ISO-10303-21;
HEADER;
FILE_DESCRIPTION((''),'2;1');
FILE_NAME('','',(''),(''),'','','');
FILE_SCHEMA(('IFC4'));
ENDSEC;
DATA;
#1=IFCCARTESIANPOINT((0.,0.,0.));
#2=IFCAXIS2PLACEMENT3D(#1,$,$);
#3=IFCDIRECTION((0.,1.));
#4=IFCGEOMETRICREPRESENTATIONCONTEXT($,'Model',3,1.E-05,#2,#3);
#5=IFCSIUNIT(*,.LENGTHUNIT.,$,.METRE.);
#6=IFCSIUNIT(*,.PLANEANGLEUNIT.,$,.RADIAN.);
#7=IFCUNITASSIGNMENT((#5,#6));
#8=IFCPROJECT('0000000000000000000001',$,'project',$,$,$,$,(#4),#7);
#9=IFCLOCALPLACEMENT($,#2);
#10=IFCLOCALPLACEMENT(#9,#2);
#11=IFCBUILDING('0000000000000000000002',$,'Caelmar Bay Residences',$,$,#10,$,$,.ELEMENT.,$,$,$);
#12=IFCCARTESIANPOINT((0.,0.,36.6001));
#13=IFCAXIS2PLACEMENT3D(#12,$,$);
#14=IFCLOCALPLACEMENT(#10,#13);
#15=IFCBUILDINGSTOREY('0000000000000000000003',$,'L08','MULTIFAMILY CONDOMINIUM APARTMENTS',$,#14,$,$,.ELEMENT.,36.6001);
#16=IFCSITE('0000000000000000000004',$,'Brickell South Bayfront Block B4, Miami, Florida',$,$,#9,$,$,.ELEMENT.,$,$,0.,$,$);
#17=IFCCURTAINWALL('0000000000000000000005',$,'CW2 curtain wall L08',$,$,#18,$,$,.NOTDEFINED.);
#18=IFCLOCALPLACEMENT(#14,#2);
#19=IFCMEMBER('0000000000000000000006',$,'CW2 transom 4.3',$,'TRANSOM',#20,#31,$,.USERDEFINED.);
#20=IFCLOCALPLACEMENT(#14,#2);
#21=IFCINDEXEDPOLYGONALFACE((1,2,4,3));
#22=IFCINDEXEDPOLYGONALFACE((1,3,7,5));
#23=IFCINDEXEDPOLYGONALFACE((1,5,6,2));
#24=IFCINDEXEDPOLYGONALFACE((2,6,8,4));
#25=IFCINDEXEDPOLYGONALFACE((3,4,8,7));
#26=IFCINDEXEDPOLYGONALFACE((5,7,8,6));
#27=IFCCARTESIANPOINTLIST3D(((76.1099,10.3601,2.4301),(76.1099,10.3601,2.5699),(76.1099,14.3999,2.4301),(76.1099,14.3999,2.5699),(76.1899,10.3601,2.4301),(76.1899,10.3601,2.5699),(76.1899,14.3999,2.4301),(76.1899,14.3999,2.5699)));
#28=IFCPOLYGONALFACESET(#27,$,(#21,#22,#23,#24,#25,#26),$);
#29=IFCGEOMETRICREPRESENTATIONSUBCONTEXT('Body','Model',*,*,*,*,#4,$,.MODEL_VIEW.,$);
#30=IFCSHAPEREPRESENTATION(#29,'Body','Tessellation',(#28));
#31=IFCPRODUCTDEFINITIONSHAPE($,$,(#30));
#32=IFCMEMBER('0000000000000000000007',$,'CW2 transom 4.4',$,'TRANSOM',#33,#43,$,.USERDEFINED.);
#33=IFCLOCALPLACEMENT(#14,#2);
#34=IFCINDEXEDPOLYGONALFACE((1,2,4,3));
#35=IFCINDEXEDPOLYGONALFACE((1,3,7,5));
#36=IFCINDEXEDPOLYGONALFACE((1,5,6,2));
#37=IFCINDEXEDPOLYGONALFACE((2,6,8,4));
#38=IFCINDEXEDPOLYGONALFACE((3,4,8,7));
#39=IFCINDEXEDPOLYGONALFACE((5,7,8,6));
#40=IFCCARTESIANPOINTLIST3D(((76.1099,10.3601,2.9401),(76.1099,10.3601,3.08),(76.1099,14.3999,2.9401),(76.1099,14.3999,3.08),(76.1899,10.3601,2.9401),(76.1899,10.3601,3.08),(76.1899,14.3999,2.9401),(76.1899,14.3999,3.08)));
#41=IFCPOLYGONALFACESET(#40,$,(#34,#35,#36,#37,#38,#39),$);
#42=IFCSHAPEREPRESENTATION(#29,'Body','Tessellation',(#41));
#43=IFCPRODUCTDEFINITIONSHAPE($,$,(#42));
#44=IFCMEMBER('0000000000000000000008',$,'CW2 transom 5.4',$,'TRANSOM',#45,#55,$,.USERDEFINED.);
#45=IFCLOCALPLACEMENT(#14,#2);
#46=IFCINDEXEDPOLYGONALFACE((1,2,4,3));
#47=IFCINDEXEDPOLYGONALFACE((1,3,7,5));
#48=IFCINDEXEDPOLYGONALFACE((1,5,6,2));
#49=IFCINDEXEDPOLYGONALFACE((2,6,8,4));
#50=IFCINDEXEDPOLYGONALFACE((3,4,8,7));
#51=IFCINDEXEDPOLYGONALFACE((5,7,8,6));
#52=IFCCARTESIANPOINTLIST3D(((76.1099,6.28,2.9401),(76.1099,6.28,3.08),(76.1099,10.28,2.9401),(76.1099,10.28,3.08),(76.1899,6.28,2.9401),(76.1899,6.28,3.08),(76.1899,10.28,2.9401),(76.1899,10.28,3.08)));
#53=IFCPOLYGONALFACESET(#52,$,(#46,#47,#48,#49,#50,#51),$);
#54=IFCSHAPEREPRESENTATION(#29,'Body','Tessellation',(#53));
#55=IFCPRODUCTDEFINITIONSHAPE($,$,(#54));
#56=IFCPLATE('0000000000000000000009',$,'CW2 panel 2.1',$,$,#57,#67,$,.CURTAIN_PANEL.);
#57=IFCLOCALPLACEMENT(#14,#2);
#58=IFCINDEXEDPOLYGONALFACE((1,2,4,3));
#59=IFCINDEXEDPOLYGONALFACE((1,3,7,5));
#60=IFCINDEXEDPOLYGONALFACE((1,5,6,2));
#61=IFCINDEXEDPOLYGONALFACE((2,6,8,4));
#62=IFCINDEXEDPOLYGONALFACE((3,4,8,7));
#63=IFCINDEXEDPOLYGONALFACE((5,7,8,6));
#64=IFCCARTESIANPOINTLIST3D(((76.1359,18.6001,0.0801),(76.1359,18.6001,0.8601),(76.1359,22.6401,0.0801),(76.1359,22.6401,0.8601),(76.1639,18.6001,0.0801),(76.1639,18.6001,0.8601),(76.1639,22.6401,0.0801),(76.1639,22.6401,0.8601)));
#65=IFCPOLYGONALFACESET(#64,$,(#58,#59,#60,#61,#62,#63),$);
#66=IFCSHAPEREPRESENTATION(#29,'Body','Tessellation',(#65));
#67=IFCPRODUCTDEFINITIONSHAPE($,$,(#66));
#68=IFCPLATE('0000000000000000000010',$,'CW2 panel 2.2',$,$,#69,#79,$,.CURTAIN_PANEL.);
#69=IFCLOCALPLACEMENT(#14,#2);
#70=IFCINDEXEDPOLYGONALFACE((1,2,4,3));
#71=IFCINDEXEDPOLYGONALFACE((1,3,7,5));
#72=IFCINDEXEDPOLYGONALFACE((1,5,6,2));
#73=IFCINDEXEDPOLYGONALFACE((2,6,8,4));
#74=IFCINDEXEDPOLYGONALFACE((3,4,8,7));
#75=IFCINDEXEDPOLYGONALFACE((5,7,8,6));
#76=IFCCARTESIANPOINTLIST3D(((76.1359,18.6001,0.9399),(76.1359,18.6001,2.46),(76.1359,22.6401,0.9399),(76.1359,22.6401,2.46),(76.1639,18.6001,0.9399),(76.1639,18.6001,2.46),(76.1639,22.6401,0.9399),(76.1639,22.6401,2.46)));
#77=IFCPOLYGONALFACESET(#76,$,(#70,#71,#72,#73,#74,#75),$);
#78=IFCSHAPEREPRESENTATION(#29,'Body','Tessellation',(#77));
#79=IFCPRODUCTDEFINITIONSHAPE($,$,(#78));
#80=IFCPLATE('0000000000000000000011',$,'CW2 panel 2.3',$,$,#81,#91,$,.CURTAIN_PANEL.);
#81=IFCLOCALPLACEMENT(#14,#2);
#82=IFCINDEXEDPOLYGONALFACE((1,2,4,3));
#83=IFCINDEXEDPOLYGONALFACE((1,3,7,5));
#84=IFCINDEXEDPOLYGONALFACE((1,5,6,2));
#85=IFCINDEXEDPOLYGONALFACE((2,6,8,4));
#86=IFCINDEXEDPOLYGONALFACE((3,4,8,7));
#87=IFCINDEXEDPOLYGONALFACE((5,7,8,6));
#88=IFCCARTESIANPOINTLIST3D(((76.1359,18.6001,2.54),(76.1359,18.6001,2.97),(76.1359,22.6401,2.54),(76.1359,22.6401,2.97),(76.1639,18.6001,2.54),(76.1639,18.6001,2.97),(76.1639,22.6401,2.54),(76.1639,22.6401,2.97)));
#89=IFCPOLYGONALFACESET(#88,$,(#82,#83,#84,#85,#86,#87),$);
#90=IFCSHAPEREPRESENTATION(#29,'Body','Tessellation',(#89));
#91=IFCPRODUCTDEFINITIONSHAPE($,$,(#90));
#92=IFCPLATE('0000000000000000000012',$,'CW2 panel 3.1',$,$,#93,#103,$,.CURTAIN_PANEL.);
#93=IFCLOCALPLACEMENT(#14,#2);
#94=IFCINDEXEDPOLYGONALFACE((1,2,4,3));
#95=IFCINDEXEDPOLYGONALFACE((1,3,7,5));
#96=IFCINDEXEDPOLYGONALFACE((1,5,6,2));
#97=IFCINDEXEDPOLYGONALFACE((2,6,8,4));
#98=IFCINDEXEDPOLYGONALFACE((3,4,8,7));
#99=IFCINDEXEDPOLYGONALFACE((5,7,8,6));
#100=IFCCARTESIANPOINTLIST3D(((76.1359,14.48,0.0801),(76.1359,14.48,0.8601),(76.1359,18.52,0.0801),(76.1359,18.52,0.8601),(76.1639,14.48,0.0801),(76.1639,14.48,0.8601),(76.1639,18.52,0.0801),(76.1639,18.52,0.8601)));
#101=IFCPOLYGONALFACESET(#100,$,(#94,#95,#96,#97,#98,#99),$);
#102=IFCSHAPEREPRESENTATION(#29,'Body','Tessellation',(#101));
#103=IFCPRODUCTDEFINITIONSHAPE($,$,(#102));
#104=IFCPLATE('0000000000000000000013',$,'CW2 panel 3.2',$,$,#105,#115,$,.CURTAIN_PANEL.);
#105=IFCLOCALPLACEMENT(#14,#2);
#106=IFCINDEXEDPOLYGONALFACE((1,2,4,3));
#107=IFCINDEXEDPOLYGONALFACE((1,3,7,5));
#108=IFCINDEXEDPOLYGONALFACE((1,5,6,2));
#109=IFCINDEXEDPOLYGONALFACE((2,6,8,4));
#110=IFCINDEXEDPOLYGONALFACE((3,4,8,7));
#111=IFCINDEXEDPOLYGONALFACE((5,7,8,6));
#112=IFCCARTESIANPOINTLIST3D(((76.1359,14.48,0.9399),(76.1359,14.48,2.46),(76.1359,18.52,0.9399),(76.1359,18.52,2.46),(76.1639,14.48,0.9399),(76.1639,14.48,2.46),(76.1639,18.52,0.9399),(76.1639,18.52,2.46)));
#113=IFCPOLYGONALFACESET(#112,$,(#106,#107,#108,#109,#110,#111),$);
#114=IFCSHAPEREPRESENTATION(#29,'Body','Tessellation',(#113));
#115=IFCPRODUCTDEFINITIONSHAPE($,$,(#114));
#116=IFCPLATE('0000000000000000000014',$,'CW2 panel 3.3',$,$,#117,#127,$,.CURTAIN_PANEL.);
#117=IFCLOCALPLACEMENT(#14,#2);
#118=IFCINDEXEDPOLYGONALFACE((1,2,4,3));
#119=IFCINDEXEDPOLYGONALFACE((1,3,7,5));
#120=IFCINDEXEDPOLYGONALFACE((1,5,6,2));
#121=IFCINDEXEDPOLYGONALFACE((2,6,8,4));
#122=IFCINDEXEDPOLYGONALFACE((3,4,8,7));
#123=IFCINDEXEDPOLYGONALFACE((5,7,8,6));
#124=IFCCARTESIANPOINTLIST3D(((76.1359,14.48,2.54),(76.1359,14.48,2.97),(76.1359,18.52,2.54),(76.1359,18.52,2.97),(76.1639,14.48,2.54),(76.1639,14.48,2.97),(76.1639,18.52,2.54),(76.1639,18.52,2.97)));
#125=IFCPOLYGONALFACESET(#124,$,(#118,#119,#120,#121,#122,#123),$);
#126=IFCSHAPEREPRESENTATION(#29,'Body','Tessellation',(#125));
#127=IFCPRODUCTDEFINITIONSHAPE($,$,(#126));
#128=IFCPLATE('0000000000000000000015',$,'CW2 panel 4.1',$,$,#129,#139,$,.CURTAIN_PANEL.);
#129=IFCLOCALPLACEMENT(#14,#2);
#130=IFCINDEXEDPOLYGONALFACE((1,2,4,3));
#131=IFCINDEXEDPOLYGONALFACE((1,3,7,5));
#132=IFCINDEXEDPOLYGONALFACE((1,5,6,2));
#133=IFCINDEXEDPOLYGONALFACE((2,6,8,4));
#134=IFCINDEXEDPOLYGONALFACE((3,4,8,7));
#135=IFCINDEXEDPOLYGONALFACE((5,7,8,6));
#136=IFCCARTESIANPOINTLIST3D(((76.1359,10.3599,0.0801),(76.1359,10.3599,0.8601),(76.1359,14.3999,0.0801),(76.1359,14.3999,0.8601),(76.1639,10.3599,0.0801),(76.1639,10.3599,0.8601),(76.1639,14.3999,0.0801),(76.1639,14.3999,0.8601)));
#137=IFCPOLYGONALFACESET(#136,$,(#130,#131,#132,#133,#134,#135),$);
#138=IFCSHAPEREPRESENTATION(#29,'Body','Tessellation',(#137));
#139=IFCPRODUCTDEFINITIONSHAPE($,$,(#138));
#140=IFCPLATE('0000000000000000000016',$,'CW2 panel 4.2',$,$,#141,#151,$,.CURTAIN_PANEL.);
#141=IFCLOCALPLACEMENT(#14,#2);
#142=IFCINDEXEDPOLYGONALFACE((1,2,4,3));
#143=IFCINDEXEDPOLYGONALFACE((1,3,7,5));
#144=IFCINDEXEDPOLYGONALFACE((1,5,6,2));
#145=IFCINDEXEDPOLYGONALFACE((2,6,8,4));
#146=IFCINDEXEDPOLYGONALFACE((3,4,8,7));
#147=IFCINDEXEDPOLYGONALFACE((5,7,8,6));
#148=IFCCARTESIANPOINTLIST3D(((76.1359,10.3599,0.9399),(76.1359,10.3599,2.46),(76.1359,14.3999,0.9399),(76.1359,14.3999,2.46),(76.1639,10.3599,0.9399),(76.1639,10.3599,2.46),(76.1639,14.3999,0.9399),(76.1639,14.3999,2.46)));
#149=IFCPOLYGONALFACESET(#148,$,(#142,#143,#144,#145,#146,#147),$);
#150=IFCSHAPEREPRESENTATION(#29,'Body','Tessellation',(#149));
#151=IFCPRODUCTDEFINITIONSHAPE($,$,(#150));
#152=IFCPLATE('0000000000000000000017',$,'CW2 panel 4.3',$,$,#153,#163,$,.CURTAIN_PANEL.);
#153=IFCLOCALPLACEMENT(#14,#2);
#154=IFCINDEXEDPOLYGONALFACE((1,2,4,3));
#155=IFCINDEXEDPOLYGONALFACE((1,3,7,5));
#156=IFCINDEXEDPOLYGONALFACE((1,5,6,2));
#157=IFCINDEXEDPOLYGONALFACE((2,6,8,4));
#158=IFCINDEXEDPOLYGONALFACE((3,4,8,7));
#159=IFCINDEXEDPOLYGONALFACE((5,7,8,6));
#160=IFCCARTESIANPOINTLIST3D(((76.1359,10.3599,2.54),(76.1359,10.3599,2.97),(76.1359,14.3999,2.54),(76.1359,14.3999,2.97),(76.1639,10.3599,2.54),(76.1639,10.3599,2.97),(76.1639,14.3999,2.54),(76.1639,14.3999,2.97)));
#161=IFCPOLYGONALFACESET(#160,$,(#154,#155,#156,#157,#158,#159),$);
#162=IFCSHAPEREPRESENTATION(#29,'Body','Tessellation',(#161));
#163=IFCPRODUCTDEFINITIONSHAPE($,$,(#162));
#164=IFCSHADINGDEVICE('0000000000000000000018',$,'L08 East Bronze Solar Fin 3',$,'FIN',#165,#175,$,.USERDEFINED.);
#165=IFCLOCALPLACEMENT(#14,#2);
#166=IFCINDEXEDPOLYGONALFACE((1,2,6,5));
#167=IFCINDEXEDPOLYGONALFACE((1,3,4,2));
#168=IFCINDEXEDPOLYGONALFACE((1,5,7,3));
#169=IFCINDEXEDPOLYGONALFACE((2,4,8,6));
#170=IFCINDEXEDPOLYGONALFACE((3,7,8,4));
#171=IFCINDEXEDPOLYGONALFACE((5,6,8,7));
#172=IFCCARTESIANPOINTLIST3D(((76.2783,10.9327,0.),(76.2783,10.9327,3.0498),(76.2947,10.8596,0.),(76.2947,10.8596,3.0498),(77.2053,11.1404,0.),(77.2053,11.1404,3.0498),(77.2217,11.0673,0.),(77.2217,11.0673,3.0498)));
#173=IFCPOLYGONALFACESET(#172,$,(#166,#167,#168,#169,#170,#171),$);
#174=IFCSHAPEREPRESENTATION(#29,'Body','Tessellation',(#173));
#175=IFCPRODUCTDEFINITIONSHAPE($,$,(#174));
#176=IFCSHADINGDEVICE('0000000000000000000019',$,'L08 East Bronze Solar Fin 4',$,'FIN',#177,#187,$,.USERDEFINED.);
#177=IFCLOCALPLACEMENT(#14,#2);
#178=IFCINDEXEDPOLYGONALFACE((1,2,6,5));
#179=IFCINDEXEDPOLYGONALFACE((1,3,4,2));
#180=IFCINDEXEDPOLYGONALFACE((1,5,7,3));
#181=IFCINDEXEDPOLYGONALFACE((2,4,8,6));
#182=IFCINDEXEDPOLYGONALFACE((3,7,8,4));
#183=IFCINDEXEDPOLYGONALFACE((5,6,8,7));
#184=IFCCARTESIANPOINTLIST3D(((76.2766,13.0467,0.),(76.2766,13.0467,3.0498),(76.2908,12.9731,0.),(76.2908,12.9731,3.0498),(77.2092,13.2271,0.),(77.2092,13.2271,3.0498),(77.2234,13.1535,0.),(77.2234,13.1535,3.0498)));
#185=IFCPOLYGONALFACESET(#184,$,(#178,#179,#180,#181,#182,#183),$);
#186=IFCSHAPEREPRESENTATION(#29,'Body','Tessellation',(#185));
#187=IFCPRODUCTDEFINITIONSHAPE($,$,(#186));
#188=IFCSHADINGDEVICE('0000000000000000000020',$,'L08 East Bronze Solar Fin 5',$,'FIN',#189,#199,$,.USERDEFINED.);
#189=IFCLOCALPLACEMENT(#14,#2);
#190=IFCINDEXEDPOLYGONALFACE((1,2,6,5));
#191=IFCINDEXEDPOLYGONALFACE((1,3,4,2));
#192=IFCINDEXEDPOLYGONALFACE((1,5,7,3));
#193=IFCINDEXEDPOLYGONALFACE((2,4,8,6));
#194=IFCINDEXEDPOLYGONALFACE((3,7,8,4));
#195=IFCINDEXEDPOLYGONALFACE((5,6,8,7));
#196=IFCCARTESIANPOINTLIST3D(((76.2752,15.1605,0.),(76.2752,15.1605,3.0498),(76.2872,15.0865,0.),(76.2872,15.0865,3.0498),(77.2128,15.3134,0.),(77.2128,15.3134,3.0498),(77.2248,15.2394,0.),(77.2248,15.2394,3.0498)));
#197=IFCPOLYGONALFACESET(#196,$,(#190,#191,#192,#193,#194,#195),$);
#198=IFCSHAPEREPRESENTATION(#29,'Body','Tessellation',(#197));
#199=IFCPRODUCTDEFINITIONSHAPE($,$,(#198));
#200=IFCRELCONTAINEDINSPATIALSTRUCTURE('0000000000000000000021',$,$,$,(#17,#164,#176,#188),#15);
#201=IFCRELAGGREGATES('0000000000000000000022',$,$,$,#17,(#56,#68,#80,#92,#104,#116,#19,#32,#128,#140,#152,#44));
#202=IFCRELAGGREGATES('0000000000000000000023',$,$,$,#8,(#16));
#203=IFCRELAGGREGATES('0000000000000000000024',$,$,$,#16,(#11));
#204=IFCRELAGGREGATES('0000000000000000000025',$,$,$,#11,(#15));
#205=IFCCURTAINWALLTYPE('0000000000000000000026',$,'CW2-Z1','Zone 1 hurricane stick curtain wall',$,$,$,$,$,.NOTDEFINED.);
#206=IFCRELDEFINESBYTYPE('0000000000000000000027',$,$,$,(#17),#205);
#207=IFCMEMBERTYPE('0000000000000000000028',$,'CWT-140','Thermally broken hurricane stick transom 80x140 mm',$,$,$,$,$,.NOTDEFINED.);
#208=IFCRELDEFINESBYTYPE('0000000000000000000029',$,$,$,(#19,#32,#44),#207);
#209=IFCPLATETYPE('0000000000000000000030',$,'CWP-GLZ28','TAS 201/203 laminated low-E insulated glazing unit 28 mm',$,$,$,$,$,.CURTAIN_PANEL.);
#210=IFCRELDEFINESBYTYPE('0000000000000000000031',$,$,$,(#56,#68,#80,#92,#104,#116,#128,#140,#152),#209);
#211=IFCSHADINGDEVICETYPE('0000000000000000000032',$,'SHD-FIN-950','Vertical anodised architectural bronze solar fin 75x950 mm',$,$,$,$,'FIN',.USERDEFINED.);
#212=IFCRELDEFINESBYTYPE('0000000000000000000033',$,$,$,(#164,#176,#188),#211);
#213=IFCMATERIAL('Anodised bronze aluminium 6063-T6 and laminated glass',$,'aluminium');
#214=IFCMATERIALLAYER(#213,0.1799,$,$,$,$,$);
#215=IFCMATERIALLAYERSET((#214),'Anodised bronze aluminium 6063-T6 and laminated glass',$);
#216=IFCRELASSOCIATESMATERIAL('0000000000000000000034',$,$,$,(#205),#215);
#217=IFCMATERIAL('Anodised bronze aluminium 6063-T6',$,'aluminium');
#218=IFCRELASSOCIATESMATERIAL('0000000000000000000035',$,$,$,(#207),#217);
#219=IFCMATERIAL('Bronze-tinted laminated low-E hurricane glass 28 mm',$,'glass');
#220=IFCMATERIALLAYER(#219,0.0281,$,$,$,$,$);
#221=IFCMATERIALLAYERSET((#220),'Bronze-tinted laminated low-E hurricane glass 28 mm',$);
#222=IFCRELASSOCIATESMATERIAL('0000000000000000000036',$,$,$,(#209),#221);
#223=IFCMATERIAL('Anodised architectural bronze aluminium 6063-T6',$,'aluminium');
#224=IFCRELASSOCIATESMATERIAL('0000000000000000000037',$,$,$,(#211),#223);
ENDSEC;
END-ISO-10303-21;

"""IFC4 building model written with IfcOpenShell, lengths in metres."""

from ifc_helpers import new_model, si_unit, direction, frame, origin, origin_2d, place, context, subcontext, project, spatial, rectangle, extrude, material, layer, layer_set, material_profile, profile_set, type_object, element, aggregate, save


model = new_model("IFC4")

# Units and contexts
model_context = context("Model", 3, precision=1e-05, world=origin(), true_north=direction((0.0, 1.0)))
body_context = subcontext(model_context, "Body", "Model", "MODEL_VIEW")
ifc_project = project(units=[si_unit("LENGTHUNIT", "METRE"), si_unit("PLANEANGLEUNIT", "RADIAN")], contexts=[model_context])

# Site, building, storey
site_placement = place(None, origin())
site = spatial("IfcSite", under=ifc_project, at=site_placement, Name="Brickell South Bayfront Block B4, Miami, Florida", CompositionType="ELEMENT", RefElevation=0.0)
building_placement = place(site_placement, origin())
building = spatial("IfcBuilding", under=site, at=building_placement, Name="Caelmar Bay Residences", CompositionType="ELEMENT")
storey_placement = place(building_placement, frame((0.0, 0.0, 36.6001)))
storey = spatial("IfcBuildingStorey", under=building, at=storey_placement, Name="L08", Description="MULTIFAMILY CONDOMINIUM APARTMENTS", CompositionType="ELEMENT", Elevation=36.6001)

# Curtain wall, members, plates
ifc_material_1 = material(Name="Anodised bronze aluminium 6063-T6 and laminated glass", Category="aluminium")
ifc_layer_1 = layer(ifc_material_1, 0.1799)
ifc_layer_set_1 = layer_set([ifc_layer_1], Name="Anodised bronze aluminium 6063-T6 and laminated glass")
curtain_wall_type = type_object("IfcCurtainWallType", Name="CW2-Z1", Description="Zone 1 hurricane stick curtain wall", PredefinedType="NOTDEFINED", material=ifc_layer_set_1)
curtain_wall_placement = place(storey_placement, origin())
curtain_wall = element("IfcCurtainWall", 1, at=curtain_wall_placement, inside=storey, type_object=curtain_wall_type, Name="CW2 curtain wall L08", PredefinedType="NOTDEFINED")
ifc_material_2 = material(Name="Anodised bronze aluminium 6063-T6", Category="aluminium")
ifc_material_profile_1 = material_profile(ifc_material_2, rectangle(XDim=0.0801, YDim=0.1399, at=origin_2d()), Name="CWT-80X140")
ifc_profile_set_1 = profile_set([ifc_material_profile_1], Name="Anodised bronze aluminium 6063-T6")
member_type_1 = type_object("IfcMemberType", Name="CWT-140", Description="Thermally broken hurricane stick transom 80x140 mm", PredefinedType="NOTDEFINED", material=ifc_profile_set_1)
member_1_placement = place(storey_placement, frame((76.1499, 14.3999, 2.5), z_axis=(0.0, -1.0, 0.0), x_axis=(1.0, 0.0, 0.0)))
member_1 = element("IfcMember", 2, at=member_1_placement, type_object=member_type_1, Name="CW2 transom 4.3", ObjectType="TRANSOM", PredefinedType="USERDEFINED", context=body_context, shape_type="SweptSolid", body=[
    extrude(rectangle(XDim=0.0801, YDim=0.1399, at=origin_2d()), origin(), (0.0, 0.0, 1.0), 4.0398),
])
member_2_placement = place(storey_placement, frame((76.1499, 14.3999, 3.01), z_axis=(0.0, -1.0, 0.0), x_axis=(1.0, 0.0, 0.0)))
member_2 = element("IfcMember", 3, at=member_2_placement, type_object=member_type_1, Name="CW2 transom 4.4", ObjectType="TRANSOM", PredefinedType="USERDEFINED", context=body_context, shape_type="SweptSolid", body=[
    extrude(rectangle(XDim=0.0801, YDim=0.1399, at=origin_2d()), origin(), (0.0, 0.0, 1.0), 4.0398),
])
member_3_placement = place(storey_placement, frame((76.1499, 10.28, 3.01), z_axis=(0.0, -1.0, 0.0), x_axis=(1.0, 0.0, 0.0)))
member_3 = element("IfcMember", 4, at=member_3_placement, type_object=member_type_1, Name="CW2 transom 5.4", ObjectType="TRANSOM", PredefinedType="USERDEFINED", context=body_context, shape_type="SweptSolid", body=[
    extrude(rectangle(XDim=0.0801, YDim=0.1399, at=origin_2d()), origin(), (0.0, 0.0, 1.0), 4.0),
])
ifc_material_3 = material(Name="Bronze-tinted laminated low-E hurricane glass 28 mm", Category="glass")
ifc_layer_2 = layer(ifc_material_3, 0.0281)
ifc_layer_set_2 = layer_set([ifc_layer_2], Name="Bronze-tinted laminated low-E hurricane glass 28 mm")
plate_type = type_object("IfcPlateType", Name="CWP-GLZ28", Description="TAS 201/203 laminated low-E insulated glazing unit 28 mm", PredefinedType="CURTAIN_PANEL", material=ifc_layer_set_2)
plate_1_placement = place(storey_placement, frame((76.1499, 20.6201, 0.0801), z_axis=(0.0, 0.0, 1.0), x_axis=(0.0, -1.0, 0.0)))
plate_1 = element("IfcPlate", 5, at=plate_1_placement, type_object=plate_type, Name="CW2 panel 2.1", PredefinedType="CURTAIN_PANEL", context=body_context, shape_type="SweptSolid", body=[
    extrude(rectangle(XDim=4.04, YDim=0.0281, at=origin_2d()), origin(), (0.0, 0.0, 1.0), 0.78),
])
plate_2_placement = place(storey_placement, frame((76.1499, 20.6201, 0.9399), z_axis=(0.0, 0.0, 1.0), x_axis=(0.0, -1.0, 0.0)))
plate_2 = element("IfcPlate", 6, at=plate_2_placement, type_object=plate_type, Name="CW2 panel 2.2", PredefinedType="CURTAIN_PANEL", context=body_context, shape_type="SweptSolid", body=[
    extrude(rectangle(XDim=4.04, YDim=0.0281, at=origin_2d()), origin(), (0.0, 0.0, 1.0), 1.52),
])
plate_3_placement = place(storey_placement, frame((76.1499, 20.6201, 2.54), z_axis=(0.0, 0.0, 1.0), x_axis=(0.0, -1.0, 0.0)))
plate_3 = element("IfcPlate", 7, at=plate_3_placement, type_object=plate_type, Name="CW2 panel 2.3", PredefinedType="CURTAIN_PANEL", context=body_context, shape_type="SweptSolid", body=[
    extrude(rectangle(XDim=4.04, YDim=0.0281, at=origin_2d()), origin(), (0.0, 0.0, 1.0), 0.4299),
])
plate_4_placement = place(storey_placement, frame((76.1499, 16.5, 0.0801), z_axis=(0.0, 0.0, 1.0), x_axis=(0.0, -1.0, 0.0)))
plate_4 = element("IfcPlate", 8, at=plate_4_placement, type_object=plate_type, Name="CW2 panel 3.1", PredefinedType="CURTAIN_PANEL", context=body_context, shape_type="SweptSolid", body=[
    extrude(rectangle(XDim=4.04, YDim=0.0281, at=origin_2d()), origin(), (0.0, 0.0, 1.0), 0.78),
])
plate_5_placement = place(storey_placement, frame((76.1499, 16.5, 0.9399), z_axis=(0.0, 0.0, 1.0), x_axis=(0.0, -1.0, 0.0)))
plate_5 = element("IfcPlate", 9, at=plate_5_placement, type_object=plate_type, Name="CW2 panel 3.2", PredefinedType="CURTAIN_PANEL", context=body_context, shape_type="SweptSolid", body=[
    extrude(rectangle(XDim=4.04, YDim=0.0281, at=origin_2d()), origin(), (0.0, 0.0, 1.0), 1.52),
])
plate_6_placement = place(storey_placement, frame((76.1499, 16.5, 2.54), z_axis=(0.0, 0.0, 1.0), x_axis=(0.0, -1.0, 0.0)))
plate_6 = element("IfcPlate", 10, at=plate_6_placement, type_object=plate_type, Name="CW2 panel 3.3", PredefinedType="CURTAIN_PANEL", context=body_context, shape_type="SweptSolid", body=[
    extrude(rectangle(XDim=4.04, YDim=0.0281, at=origin_2d()), origin(), (0.0, 0.0, 1.0), 0.4299),
])
plate_7_placement = place(storey_placement, frame((76.1499, 12.3799, 0.0801), z_axis=(0.0, 0.0, 1.0), x_axis=(0.0, -1.0, 0.0)))
plate_7 = element("IfcPlate", 11, at=plate_7_placement, type_object=plate_type, Name="CW2 panel 4.1", PredefinedType="CURTAIN_PANEL", context=body_context, shape_type="SweptSolid", body=[
    extrude(rectangle(XDim=4.04, YDim=0.0281, at=origin_2d()), origin(), (0.0, 0.0, 1.0), 0.78),
])
plate_8_placement = place(storey_placement, frame((76.1499, 12.3799, 0.9399), z_axis=(0.0, 0.0, 1.0), x_axis=(0.0, -1.0, 0.0)))
plate_8 = element("IfcPlate", 12, at=plate_8_placement, type_object=plate_type, Name="CW2 panel 4.2", PredefinedType="CURTAIN_PANEL", context=body_context, shape_type="SweptSolid", body=[
    extrude(rectangle(XDim=4.04, YDim=0.0281, at=origin_2d()), origin(), (0.0, 0.0, 1.0), 1.52),
])
plate_9_placement = place(storey_placement, frame((76.1499, 12.3799, 2.54), z_axis=(0.0, 0.0, 1.0), x_axis=(0.0, -1.0, 0.0)))
plate_9 = element("IfcPlate", 13, at=plate_9_placement, type_object=plate_type, Name="CW2 panel 4.3", PredefinedType="CURTAIN_PANEL", context=body_context, shape_type="SweptSolid", body=[
    extrude(rectangle(XDim=4.04, YDim=0.0281, at=origin_2d()), origin(), (0.0, 0.0, 1.0), 0.4299),
])
aggregate(curtain_wall, [plate_1, plate_2, plate_3, plate_4, plate_5, plate_6, member_1, member_2, plate_7, plate_8, plate_9, member_3])

# Shading devices
ifc_material_4 = material(Name="Anodised architectural bronze aluminium 6063-T6", Category="aluminium")
ifc_material_profile_2 = material_profile(ifc_material_4, rectangle(XDim=0.075, YDim=0.95, at=origin_2d()), Name="BRONZE-FIN-75X950")
ifc_profile_set_2 = profile_set([ifc_material_profile_2], Name="Anodised architectural bronze aluminium 6063-T6")
shading_device_type = type_object("IfcShadingDeviceType", Name="SHD-FIN-950", Description="Vertical anodised architectural bronze solar fin 75x950 mm", ElementType="FIN", PredefinedType="USERDEFINED", material=ifc_profile_set_2)
for number, where, z_axis, x_axis, name in (
    (14, (76.75, 11.0, 0.0), (0.0, 0.0, 1.0), (-0.218654, 0.975802, 0.0), "L08 East Bronze Solar Fin 3"),
    (15, (76.75, 13.1001, 0.0), (0.0, 0.0, 1.0), (-0.189952, 0.981793, 0.0), "L08 East Bronze Solar Fin 4"),
    (16, (76.75, 15.2, 0.0), (0.0, 0.0, 1.0), (-0.160915, 0.986968, 0.0), "L08 East Bronze Solar Fin 5"),
):
    element("IfcShadingDevice", number, at=place(storey_placement, frame(where, z_axis=z_axis, x_axis=x_axis)), inside=storey, type_object=shading_device_type, Name=name, ObjectType="FIN", PredefinedType="USERDEFINED", context=body_context, shape_type="SweptSolid", body=[
        extrude(rectangle(XDim=0.075, YDim=0.95, at=origin_2d()), origin(), (0.0, 0.0, 1.0), 3.0498),
    ])

save(model, "model.ifc")
